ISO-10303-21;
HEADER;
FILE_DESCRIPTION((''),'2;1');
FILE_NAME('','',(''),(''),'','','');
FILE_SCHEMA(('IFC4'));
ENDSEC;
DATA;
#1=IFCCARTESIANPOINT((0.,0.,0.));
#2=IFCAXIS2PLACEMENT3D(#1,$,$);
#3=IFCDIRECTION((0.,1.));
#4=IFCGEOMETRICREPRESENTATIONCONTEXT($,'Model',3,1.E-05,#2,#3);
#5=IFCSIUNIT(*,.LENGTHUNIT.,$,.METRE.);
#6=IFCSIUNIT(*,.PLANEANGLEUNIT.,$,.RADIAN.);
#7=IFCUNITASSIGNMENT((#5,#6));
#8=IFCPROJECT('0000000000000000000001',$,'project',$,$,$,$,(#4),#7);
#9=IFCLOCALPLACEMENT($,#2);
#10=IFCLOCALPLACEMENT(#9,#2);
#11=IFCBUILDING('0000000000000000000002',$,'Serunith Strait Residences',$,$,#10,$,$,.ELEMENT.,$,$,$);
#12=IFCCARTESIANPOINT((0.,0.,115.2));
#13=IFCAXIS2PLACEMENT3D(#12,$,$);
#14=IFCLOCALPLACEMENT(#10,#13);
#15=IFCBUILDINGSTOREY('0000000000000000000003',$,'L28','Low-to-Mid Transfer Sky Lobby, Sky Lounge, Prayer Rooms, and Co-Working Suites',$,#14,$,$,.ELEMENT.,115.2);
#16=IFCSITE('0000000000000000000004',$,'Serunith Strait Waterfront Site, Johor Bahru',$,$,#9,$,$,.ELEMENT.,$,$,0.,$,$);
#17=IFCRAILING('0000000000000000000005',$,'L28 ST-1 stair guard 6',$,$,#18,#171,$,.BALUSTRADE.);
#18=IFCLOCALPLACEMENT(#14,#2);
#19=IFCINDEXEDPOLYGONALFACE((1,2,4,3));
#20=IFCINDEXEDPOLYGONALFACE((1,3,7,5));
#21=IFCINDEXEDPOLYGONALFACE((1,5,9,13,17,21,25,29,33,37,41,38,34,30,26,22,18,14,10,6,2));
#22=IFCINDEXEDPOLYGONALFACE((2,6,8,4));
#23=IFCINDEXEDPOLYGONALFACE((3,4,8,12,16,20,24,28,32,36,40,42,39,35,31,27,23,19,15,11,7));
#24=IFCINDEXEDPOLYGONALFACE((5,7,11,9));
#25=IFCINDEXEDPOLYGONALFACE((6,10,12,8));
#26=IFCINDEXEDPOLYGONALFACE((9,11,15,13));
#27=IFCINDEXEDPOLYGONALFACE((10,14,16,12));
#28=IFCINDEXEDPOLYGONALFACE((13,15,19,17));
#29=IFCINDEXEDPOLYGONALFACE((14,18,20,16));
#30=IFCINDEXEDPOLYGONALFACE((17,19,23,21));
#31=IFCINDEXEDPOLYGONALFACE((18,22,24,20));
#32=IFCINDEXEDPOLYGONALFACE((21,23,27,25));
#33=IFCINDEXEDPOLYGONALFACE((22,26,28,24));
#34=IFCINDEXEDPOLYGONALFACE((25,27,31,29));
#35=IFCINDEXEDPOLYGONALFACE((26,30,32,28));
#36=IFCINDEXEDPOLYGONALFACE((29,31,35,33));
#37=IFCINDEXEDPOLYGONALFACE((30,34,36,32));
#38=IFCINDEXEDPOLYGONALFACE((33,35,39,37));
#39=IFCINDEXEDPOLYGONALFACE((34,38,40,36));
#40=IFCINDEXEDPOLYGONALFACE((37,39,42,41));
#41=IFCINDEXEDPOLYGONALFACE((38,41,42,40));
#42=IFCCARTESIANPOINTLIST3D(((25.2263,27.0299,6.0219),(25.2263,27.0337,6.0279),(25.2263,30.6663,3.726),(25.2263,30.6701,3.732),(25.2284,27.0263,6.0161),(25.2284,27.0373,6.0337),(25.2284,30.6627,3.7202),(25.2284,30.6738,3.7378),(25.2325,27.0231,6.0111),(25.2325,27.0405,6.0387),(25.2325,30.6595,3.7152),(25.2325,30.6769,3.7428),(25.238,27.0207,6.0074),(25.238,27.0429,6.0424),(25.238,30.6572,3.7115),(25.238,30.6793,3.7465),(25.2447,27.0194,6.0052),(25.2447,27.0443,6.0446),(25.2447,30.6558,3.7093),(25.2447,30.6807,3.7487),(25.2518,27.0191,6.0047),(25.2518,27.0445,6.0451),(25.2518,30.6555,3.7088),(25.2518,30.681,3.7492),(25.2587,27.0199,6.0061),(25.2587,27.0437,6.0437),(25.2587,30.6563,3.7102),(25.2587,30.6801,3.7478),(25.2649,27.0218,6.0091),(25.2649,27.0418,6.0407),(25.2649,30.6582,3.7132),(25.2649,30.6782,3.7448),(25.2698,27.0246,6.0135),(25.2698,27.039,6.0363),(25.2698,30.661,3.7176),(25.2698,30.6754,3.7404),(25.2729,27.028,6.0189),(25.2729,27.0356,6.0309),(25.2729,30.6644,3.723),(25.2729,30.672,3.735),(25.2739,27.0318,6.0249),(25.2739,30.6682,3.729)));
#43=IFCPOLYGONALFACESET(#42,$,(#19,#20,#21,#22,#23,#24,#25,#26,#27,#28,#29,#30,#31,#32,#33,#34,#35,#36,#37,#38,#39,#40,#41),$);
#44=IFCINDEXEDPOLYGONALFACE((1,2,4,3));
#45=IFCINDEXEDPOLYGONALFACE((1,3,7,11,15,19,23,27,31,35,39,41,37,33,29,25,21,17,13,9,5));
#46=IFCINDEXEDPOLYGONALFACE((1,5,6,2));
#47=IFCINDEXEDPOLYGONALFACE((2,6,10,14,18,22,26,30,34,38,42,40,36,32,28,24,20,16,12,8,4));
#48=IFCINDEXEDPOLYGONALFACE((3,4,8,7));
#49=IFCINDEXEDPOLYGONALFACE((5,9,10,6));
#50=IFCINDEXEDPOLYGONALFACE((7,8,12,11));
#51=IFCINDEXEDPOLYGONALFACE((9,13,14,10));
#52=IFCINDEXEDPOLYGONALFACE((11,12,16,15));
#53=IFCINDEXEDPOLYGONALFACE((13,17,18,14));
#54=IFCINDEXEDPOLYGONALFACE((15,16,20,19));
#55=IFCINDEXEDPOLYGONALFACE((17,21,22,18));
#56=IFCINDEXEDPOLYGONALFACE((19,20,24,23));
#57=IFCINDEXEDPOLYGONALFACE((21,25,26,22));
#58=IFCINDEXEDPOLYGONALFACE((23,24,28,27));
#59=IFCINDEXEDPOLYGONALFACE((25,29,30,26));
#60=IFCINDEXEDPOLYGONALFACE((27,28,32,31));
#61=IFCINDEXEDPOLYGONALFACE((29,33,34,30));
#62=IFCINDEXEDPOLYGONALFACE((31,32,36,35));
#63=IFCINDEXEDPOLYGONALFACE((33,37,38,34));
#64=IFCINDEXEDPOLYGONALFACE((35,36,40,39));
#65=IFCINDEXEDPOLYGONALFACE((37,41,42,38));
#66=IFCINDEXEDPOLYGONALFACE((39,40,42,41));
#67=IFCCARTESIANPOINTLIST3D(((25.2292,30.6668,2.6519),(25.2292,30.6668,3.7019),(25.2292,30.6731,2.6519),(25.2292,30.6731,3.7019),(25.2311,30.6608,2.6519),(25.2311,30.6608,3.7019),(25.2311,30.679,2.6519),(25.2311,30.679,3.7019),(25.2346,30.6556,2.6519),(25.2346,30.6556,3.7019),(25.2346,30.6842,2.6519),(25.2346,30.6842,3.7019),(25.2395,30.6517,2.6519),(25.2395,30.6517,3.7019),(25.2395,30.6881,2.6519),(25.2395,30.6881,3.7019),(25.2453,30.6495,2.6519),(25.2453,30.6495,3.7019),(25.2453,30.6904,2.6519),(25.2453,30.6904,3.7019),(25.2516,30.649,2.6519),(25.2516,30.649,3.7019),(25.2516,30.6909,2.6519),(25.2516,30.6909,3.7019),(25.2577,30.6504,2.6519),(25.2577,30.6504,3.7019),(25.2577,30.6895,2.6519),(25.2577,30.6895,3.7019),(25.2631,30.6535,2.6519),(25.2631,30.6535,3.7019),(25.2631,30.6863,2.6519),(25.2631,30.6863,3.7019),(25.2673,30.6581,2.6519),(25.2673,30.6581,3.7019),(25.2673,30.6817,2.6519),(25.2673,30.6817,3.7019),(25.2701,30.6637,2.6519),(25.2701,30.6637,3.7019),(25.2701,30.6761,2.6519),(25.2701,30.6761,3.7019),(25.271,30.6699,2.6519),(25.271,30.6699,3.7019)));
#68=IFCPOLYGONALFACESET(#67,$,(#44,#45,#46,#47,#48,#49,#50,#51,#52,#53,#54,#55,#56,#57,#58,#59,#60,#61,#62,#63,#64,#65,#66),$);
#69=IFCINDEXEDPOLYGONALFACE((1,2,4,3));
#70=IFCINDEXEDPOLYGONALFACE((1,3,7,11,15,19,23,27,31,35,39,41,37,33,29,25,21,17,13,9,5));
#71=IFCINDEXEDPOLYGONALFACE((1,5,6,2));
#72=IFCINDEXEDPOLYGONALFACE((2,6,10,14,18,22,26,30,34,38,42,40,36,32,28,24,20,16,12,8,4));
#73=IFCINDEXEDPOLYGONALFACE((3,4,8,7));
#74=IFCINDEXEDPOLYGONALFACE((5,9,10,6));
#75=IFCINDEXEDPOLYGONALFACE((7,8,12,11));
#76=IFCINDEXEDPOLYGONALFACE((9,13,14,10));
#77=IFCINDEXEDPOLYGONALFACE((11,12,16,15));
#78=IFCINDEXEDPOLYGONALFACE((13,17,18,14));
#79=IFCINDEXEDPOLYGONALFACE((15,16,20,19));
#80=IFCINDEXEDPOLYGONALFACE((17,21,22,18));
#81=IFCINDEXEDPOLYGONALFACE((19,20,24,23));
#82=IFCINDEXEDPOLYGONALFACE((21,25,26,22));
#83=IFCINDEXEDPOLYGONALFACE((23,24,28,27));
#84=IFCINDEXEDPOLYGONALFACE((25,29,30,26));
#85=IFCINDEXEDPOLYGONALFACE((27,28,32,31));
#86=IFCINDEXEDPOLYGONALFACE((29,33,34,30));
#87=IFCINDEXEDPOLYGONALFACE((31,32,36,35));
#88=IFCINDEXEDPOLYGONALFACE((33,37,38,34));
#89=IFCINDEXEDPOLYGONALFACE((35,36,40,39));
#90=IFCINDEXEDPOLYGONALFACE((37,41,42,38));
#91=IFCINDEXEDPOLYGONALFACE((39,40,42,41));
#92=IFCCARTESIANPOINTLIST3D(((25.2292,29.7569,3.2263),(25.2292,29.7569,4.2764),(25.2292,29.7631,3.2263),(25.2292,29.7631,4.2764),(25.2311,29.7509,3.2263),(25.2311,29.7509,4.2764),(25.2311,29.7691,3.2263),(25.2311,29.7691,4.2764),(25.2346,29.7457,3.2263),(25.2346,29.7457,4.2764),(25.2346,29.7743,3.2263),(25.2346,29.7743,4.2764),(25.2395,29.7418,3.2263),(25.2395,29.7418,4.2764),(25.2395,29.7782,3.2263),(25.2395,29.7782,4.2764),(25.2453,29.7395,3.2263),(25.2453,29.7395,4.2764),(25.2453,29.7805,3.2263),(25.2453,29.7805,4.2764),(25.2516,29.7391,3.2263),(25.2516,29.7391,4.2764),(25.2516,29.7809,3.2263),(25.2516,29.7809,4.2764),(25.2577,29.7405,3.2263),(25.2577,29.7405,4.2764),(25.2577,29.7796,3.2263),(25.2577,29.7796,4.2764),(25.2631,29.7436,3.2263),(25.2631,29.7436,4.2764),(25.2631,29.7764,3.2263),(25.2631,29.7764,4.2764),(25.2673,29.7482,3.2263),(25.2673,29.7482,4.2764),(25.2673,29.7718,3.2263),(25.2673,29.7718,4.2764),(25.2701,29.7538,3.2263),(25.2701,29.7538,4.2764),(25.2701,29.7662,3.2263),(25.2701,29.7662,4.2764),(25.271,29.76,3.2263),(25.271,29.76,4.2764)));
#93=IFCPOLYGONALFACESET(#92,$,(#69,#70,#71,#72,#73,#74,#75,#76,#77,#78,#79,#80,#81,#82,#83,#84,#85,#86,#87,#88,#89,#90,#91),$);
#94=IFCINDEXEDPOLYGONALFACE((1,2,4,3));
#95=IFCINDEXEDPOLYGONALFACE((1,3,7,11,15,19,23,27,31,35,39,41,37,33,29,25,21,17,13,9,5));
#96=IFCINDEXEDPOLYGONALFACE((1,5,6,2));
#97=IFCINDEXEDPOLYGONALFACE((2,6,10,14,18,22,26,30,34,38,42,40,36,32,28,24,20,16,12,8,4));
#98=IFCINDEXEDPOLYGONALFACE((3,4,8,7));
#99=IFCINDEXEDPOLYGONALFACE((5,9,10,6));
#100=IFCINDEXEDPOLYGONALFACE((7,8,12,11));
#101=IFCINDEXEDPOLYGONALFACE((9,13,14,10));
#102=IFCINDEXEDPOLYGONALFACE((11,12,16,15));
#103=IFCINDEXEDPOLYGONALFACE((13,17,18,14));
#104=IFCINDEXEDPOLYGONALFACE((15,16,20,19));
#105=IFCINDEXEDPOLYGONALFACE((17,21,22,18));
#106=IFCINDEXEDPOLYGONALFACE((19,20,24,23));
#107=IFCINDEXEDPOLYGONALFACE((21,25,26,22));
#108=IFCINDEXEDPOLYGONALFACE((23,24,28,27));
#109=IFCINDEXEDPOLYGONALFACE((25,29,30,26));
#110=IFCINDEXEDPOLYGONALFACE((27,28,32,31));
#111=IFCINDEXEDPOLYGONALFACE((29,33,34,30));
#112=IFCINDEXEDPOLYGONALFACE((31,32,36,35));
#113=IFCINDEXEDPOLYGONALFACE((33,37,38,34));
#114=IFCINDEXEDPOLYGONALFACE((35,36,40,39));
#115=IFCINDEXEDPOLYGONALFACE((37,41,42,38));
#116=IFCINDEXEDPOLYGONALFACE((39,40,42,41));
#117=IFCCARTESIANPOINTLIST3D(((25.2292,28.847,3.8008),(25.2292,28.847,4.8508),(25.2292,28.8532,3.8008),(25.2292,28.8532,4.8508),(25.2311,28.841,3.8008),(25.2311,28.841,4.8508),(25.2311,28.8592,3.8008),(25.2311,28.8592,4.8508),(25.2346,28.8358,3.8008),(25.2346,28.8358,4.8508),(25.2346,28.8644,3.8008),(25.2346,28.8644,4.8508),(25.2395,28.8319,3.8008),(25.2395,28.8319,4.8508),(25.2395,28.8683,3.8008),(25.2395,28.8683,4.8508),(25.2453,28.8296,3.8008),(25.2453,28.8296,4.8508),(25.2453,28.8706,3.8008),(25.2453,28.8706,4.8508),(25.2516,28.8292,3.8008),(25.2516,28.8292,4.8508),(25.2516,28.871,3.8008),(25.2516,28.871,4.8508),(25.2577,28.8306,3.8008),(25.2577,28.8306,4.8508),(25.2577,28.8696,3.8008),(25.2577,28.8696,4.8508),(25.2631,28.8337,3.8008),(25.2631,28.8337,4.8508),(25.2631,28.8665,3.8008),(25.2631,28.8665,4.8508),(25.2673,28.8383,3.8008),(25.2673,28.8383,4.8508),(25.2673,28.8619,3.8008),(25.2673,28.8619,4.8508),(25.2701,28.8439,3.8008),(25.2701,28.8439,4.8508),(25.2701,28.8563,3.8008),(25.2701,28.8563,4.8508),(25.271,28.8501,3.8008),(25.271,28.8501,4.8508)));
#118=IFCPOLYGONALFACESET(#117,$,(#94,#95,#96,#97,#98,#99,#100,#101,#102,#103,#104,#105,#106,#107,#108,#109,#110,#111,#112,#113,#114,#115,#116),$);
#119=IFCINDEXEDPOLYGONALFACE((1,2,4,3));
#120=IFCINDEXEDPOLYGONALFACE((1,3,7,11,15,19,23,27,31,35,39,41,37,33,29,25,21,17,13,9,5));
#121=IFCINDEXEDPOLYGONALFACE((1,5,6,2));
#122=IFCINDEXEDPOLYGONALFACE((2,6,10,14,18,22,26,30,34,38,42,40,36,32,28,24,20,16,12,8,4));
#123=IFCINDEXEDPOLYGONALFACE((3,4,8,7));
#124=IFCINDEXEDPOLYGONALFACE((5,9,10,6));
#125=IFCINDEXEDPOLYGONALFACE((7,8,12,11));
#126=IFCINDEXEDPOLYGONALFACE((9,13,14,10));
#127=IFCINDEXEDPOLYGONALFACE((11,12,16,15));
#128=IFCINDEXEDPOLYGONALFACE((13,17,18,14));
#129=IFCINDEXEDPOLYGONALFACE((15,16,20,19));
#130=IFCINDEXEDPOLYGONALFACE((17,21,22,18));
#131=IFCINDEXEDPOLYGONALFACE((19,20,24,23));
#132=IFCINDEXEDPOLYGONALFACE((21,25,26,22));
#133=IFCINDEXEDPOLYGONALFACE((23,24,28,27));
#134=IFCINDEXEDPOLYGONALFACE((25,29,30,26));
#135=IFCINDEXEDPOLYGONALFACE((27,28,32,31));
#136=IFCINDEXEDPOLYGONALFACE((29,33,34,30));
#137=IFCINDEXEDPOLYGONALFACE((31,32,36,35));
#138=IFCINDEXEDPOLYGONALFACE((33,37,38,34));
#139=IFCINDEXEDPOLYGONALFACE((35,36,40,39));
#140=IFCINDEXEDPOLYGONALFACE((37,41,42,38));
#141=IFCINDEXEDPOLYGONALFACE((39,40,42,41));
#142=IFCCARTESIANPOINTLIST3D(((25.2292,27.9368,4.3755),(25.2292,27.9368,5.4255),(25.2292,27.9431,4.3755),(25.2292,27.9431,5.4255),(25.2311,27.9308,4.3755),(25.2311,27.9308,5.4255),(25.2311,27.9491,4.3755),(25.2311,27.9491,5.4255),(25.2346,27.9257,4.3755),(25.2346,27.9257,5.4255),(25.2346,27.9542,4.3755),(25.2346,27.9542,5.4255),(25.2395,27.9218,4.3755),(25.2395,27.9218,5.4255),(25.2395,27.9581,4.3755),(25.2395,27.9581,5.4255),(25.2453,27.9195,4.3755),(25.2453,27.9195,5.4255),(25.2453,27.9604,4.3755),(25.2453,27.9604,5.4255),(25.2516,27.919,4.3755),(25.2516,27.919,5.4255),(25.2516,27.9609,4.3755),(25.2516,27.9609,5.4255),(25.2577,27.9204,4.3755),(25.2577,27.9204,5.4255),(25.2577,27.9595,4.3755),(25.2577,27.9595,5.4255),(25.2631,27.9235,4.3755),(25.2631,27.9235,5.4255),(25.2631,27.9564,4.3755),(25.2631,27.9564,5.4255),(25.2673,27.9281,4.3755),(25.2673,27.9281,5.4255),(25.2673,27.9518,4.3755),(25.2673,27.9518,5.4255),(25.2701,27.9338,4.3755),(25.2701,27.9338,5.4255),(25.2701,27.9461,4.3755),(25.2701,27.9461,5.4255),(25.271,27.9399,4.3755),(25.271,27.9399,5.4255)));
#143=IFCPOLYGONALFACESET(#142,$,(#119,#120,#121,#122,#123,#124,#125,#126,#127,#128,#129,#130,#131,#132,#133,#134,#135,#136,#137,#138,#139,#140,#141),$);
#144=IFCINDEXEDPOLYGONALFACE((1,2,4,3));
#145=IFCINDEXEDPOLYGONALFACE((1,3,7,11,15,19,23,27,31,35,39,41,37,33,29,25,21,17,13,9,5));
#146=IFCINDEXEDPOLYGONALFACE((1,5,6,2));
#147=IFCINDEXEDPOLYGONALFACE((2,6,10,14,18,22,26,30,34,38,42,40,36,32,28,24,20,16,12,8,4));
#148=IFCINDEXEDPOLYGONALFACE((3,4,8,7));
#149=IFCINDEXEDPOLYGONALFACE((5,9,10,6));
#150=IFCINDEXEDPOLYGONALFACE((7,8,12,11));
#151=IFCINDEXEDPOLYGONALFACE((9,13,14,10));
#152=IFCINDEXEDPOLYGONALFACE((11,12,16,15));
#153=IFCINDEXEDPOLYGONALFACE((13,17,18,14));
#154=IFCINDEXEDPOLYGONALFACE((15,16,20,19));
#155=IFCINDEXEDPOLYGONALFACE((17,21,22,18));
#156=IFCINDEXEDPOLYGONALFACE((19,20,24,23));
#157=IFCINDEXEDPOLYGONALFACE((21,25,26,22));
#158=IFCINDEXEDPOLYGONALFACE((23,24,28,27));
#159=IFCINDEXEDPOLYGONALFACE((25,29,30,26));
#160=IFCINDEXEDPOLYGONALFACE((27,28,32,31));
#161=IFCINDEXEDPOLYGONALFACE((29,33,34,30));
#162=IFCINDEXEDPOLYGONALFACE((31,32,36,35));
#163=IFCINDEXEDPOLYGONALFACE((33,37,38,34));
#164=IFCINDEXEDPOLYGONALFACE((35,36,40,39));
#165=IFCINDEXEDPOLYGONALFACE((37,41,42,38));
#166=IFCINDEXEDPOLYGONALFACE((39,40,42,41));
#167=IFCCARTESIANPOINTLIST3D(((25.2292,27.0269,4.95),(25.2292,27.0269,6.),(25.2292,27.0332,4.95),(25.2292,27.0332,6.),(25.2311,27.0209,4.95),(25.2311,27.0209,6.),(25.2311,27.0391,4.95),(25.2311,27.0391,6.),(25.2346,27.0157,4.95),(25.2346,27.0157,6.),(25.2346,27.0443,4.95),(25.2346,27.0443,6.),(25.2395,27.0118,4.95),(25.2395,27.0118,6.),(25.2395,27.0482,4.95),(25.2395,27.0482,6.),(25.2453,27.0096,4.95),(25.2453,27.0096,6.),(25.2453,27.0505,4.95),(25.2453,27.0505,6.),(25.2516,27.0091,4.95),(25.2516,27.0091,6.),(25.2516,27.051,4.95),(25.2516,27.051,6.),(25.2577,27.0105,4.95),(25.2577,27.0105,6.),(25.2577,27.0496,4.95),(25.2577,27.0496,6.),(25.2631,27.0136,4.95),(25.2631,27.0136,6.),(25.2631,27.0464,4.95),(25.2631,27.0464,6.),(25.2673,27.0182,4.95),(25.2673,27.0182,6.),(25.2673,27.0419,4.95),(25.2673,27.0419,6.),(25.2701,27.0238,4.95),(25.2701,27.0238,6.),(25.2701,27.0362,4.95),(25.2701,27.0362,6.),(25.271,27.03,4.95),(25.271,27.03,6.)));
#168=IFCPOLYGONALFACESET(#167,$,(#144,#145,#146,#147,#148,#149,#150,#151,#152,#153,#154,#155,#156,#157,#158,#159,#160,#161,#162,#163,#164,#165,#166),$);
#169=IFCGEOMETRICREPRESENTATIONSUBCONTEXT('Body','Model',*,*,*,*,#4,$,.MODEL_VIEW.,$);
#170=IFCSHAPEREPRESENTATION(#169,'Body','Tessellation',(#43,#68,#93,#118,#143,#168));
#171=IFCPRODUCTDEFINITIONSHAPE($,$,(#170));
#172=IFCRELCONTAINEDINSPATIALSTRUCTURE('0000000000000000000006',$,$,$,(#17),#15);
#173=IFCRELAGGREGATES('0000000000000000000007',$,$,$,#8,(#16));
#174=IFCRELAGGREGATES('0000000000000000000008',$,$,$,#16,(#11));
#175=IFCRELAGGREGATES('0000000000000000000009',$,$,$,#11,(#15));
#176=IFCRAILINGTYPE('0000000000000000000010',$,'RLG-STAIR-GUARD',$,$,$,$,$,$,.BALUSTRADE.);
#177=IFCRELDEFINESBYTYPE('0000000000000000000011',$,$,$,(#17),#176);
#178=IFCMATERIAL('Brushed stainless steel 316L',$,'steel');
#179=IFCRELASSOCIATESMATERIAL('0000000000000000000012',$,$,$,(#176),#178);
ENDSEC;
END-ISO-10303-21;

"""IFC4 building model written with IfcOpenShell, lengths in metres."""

from ifc_helpers import new_model, si_unit, direction, frame, origin, origin_2d, place, context, subcontext, project, spatial, circle, extrude, material, type_object, element, save


model = new_model("IFC4")

# Units and contexts
model_context = context("Model", 3, precision=1e-05, world=origin(), true_north=direction((0.0, 1.0)))
body_context = subcontext(model_context, "Body", "Model", "MODEL_VIEW")
ifc_project = project(units=[si_unit("LENGTHUNIT", "METRE"), si_unit("PLANEANGLEUNIT", "RADIAN")], contexts=[model_context])

# Site, building, storey
site_placement = place(None, origin())
site = spatial("IfcSite", under=ifc_project, at=site_placement, Name="Serunith Strait Waterfront Site, Johor Bahru", CompositionType="ELEMENT", RefElevation=0.0)
building_placement = place(site_placement, origin())
building = spatial("IfcBuilding", under=site, at=building_placement, Name="Serunith Strait Residences", CompositionType="ELEMENT")
storey_placement = place(building_placement, frame((0.0, 0.0, 115.2)))
storey = spatial("IfcBuildingStorey", under=building, at=storey_placement, Name="L28", Description="Low-to-Mid Transfer Sky Lobby, Sky Lounge, Prayer Rooms, and Co-Working Suites", CompositionType="ELEMENT", Elevation=115.2)

# Railing
ifc_material_1 = material(Name="Brushed stainless steel 316L", Category="steel")
railing_type_1 = type_object("IfcRailingType", Name="RLG-STAIR-GUARD", PredefinedType="BALUSTRADE", material=ifc_material_1)
railing_1_placement = place(storey_placement, frame((25.25, 30.6699, 2.6519)))
element("IfcRailing", 1, at=railing_1_placement, inside=storey, type_object=railing_type_1, Name="L28 ST-1 stair guard 6", PredefinedType="BALUSTRADE", context=body_context, shape_type="SweptSolid", body=[
    extrude(circle(Radius=0.0239, at=origin_2d()), frame((0.0, -0.0017, 1.0771), z_axis=(0.0, -0.845571, 0.533863), x_axis=(1.0, 0.0, 0.0)), (0.0, 0.0, 1.0), 4.3005),
    extrude(circle(Radius=0.021, at=origin_2d()), origin(), (0.0, 0.0, 1.0), 1.05),
    extrude(circle(Radius=0.021, at=origin_2d()), frame((0.0, -0.9099, 0.5745)), (0.0, 0.0, 1.0), 1.05),
    extrude(circle(Radius=0.021, at=origin_2d()), frame((0.0, -1.8198, 1.1489)), (0.0, 0.0, 1.0), 1.05),
    extrude(circle(Radius=0.021, at=origin_2d()), frame((0.0, -2.73, 1.7236)), (0.0, 0.0, 1.0), 1.05),
    extrude(circle(Radius=0.021, at=origin_2d()), frame((0.0, -3.6399, 2.2981)), (0.0, 0.0, 1.0), 1.05),
])

save(model, "model.ifc")
